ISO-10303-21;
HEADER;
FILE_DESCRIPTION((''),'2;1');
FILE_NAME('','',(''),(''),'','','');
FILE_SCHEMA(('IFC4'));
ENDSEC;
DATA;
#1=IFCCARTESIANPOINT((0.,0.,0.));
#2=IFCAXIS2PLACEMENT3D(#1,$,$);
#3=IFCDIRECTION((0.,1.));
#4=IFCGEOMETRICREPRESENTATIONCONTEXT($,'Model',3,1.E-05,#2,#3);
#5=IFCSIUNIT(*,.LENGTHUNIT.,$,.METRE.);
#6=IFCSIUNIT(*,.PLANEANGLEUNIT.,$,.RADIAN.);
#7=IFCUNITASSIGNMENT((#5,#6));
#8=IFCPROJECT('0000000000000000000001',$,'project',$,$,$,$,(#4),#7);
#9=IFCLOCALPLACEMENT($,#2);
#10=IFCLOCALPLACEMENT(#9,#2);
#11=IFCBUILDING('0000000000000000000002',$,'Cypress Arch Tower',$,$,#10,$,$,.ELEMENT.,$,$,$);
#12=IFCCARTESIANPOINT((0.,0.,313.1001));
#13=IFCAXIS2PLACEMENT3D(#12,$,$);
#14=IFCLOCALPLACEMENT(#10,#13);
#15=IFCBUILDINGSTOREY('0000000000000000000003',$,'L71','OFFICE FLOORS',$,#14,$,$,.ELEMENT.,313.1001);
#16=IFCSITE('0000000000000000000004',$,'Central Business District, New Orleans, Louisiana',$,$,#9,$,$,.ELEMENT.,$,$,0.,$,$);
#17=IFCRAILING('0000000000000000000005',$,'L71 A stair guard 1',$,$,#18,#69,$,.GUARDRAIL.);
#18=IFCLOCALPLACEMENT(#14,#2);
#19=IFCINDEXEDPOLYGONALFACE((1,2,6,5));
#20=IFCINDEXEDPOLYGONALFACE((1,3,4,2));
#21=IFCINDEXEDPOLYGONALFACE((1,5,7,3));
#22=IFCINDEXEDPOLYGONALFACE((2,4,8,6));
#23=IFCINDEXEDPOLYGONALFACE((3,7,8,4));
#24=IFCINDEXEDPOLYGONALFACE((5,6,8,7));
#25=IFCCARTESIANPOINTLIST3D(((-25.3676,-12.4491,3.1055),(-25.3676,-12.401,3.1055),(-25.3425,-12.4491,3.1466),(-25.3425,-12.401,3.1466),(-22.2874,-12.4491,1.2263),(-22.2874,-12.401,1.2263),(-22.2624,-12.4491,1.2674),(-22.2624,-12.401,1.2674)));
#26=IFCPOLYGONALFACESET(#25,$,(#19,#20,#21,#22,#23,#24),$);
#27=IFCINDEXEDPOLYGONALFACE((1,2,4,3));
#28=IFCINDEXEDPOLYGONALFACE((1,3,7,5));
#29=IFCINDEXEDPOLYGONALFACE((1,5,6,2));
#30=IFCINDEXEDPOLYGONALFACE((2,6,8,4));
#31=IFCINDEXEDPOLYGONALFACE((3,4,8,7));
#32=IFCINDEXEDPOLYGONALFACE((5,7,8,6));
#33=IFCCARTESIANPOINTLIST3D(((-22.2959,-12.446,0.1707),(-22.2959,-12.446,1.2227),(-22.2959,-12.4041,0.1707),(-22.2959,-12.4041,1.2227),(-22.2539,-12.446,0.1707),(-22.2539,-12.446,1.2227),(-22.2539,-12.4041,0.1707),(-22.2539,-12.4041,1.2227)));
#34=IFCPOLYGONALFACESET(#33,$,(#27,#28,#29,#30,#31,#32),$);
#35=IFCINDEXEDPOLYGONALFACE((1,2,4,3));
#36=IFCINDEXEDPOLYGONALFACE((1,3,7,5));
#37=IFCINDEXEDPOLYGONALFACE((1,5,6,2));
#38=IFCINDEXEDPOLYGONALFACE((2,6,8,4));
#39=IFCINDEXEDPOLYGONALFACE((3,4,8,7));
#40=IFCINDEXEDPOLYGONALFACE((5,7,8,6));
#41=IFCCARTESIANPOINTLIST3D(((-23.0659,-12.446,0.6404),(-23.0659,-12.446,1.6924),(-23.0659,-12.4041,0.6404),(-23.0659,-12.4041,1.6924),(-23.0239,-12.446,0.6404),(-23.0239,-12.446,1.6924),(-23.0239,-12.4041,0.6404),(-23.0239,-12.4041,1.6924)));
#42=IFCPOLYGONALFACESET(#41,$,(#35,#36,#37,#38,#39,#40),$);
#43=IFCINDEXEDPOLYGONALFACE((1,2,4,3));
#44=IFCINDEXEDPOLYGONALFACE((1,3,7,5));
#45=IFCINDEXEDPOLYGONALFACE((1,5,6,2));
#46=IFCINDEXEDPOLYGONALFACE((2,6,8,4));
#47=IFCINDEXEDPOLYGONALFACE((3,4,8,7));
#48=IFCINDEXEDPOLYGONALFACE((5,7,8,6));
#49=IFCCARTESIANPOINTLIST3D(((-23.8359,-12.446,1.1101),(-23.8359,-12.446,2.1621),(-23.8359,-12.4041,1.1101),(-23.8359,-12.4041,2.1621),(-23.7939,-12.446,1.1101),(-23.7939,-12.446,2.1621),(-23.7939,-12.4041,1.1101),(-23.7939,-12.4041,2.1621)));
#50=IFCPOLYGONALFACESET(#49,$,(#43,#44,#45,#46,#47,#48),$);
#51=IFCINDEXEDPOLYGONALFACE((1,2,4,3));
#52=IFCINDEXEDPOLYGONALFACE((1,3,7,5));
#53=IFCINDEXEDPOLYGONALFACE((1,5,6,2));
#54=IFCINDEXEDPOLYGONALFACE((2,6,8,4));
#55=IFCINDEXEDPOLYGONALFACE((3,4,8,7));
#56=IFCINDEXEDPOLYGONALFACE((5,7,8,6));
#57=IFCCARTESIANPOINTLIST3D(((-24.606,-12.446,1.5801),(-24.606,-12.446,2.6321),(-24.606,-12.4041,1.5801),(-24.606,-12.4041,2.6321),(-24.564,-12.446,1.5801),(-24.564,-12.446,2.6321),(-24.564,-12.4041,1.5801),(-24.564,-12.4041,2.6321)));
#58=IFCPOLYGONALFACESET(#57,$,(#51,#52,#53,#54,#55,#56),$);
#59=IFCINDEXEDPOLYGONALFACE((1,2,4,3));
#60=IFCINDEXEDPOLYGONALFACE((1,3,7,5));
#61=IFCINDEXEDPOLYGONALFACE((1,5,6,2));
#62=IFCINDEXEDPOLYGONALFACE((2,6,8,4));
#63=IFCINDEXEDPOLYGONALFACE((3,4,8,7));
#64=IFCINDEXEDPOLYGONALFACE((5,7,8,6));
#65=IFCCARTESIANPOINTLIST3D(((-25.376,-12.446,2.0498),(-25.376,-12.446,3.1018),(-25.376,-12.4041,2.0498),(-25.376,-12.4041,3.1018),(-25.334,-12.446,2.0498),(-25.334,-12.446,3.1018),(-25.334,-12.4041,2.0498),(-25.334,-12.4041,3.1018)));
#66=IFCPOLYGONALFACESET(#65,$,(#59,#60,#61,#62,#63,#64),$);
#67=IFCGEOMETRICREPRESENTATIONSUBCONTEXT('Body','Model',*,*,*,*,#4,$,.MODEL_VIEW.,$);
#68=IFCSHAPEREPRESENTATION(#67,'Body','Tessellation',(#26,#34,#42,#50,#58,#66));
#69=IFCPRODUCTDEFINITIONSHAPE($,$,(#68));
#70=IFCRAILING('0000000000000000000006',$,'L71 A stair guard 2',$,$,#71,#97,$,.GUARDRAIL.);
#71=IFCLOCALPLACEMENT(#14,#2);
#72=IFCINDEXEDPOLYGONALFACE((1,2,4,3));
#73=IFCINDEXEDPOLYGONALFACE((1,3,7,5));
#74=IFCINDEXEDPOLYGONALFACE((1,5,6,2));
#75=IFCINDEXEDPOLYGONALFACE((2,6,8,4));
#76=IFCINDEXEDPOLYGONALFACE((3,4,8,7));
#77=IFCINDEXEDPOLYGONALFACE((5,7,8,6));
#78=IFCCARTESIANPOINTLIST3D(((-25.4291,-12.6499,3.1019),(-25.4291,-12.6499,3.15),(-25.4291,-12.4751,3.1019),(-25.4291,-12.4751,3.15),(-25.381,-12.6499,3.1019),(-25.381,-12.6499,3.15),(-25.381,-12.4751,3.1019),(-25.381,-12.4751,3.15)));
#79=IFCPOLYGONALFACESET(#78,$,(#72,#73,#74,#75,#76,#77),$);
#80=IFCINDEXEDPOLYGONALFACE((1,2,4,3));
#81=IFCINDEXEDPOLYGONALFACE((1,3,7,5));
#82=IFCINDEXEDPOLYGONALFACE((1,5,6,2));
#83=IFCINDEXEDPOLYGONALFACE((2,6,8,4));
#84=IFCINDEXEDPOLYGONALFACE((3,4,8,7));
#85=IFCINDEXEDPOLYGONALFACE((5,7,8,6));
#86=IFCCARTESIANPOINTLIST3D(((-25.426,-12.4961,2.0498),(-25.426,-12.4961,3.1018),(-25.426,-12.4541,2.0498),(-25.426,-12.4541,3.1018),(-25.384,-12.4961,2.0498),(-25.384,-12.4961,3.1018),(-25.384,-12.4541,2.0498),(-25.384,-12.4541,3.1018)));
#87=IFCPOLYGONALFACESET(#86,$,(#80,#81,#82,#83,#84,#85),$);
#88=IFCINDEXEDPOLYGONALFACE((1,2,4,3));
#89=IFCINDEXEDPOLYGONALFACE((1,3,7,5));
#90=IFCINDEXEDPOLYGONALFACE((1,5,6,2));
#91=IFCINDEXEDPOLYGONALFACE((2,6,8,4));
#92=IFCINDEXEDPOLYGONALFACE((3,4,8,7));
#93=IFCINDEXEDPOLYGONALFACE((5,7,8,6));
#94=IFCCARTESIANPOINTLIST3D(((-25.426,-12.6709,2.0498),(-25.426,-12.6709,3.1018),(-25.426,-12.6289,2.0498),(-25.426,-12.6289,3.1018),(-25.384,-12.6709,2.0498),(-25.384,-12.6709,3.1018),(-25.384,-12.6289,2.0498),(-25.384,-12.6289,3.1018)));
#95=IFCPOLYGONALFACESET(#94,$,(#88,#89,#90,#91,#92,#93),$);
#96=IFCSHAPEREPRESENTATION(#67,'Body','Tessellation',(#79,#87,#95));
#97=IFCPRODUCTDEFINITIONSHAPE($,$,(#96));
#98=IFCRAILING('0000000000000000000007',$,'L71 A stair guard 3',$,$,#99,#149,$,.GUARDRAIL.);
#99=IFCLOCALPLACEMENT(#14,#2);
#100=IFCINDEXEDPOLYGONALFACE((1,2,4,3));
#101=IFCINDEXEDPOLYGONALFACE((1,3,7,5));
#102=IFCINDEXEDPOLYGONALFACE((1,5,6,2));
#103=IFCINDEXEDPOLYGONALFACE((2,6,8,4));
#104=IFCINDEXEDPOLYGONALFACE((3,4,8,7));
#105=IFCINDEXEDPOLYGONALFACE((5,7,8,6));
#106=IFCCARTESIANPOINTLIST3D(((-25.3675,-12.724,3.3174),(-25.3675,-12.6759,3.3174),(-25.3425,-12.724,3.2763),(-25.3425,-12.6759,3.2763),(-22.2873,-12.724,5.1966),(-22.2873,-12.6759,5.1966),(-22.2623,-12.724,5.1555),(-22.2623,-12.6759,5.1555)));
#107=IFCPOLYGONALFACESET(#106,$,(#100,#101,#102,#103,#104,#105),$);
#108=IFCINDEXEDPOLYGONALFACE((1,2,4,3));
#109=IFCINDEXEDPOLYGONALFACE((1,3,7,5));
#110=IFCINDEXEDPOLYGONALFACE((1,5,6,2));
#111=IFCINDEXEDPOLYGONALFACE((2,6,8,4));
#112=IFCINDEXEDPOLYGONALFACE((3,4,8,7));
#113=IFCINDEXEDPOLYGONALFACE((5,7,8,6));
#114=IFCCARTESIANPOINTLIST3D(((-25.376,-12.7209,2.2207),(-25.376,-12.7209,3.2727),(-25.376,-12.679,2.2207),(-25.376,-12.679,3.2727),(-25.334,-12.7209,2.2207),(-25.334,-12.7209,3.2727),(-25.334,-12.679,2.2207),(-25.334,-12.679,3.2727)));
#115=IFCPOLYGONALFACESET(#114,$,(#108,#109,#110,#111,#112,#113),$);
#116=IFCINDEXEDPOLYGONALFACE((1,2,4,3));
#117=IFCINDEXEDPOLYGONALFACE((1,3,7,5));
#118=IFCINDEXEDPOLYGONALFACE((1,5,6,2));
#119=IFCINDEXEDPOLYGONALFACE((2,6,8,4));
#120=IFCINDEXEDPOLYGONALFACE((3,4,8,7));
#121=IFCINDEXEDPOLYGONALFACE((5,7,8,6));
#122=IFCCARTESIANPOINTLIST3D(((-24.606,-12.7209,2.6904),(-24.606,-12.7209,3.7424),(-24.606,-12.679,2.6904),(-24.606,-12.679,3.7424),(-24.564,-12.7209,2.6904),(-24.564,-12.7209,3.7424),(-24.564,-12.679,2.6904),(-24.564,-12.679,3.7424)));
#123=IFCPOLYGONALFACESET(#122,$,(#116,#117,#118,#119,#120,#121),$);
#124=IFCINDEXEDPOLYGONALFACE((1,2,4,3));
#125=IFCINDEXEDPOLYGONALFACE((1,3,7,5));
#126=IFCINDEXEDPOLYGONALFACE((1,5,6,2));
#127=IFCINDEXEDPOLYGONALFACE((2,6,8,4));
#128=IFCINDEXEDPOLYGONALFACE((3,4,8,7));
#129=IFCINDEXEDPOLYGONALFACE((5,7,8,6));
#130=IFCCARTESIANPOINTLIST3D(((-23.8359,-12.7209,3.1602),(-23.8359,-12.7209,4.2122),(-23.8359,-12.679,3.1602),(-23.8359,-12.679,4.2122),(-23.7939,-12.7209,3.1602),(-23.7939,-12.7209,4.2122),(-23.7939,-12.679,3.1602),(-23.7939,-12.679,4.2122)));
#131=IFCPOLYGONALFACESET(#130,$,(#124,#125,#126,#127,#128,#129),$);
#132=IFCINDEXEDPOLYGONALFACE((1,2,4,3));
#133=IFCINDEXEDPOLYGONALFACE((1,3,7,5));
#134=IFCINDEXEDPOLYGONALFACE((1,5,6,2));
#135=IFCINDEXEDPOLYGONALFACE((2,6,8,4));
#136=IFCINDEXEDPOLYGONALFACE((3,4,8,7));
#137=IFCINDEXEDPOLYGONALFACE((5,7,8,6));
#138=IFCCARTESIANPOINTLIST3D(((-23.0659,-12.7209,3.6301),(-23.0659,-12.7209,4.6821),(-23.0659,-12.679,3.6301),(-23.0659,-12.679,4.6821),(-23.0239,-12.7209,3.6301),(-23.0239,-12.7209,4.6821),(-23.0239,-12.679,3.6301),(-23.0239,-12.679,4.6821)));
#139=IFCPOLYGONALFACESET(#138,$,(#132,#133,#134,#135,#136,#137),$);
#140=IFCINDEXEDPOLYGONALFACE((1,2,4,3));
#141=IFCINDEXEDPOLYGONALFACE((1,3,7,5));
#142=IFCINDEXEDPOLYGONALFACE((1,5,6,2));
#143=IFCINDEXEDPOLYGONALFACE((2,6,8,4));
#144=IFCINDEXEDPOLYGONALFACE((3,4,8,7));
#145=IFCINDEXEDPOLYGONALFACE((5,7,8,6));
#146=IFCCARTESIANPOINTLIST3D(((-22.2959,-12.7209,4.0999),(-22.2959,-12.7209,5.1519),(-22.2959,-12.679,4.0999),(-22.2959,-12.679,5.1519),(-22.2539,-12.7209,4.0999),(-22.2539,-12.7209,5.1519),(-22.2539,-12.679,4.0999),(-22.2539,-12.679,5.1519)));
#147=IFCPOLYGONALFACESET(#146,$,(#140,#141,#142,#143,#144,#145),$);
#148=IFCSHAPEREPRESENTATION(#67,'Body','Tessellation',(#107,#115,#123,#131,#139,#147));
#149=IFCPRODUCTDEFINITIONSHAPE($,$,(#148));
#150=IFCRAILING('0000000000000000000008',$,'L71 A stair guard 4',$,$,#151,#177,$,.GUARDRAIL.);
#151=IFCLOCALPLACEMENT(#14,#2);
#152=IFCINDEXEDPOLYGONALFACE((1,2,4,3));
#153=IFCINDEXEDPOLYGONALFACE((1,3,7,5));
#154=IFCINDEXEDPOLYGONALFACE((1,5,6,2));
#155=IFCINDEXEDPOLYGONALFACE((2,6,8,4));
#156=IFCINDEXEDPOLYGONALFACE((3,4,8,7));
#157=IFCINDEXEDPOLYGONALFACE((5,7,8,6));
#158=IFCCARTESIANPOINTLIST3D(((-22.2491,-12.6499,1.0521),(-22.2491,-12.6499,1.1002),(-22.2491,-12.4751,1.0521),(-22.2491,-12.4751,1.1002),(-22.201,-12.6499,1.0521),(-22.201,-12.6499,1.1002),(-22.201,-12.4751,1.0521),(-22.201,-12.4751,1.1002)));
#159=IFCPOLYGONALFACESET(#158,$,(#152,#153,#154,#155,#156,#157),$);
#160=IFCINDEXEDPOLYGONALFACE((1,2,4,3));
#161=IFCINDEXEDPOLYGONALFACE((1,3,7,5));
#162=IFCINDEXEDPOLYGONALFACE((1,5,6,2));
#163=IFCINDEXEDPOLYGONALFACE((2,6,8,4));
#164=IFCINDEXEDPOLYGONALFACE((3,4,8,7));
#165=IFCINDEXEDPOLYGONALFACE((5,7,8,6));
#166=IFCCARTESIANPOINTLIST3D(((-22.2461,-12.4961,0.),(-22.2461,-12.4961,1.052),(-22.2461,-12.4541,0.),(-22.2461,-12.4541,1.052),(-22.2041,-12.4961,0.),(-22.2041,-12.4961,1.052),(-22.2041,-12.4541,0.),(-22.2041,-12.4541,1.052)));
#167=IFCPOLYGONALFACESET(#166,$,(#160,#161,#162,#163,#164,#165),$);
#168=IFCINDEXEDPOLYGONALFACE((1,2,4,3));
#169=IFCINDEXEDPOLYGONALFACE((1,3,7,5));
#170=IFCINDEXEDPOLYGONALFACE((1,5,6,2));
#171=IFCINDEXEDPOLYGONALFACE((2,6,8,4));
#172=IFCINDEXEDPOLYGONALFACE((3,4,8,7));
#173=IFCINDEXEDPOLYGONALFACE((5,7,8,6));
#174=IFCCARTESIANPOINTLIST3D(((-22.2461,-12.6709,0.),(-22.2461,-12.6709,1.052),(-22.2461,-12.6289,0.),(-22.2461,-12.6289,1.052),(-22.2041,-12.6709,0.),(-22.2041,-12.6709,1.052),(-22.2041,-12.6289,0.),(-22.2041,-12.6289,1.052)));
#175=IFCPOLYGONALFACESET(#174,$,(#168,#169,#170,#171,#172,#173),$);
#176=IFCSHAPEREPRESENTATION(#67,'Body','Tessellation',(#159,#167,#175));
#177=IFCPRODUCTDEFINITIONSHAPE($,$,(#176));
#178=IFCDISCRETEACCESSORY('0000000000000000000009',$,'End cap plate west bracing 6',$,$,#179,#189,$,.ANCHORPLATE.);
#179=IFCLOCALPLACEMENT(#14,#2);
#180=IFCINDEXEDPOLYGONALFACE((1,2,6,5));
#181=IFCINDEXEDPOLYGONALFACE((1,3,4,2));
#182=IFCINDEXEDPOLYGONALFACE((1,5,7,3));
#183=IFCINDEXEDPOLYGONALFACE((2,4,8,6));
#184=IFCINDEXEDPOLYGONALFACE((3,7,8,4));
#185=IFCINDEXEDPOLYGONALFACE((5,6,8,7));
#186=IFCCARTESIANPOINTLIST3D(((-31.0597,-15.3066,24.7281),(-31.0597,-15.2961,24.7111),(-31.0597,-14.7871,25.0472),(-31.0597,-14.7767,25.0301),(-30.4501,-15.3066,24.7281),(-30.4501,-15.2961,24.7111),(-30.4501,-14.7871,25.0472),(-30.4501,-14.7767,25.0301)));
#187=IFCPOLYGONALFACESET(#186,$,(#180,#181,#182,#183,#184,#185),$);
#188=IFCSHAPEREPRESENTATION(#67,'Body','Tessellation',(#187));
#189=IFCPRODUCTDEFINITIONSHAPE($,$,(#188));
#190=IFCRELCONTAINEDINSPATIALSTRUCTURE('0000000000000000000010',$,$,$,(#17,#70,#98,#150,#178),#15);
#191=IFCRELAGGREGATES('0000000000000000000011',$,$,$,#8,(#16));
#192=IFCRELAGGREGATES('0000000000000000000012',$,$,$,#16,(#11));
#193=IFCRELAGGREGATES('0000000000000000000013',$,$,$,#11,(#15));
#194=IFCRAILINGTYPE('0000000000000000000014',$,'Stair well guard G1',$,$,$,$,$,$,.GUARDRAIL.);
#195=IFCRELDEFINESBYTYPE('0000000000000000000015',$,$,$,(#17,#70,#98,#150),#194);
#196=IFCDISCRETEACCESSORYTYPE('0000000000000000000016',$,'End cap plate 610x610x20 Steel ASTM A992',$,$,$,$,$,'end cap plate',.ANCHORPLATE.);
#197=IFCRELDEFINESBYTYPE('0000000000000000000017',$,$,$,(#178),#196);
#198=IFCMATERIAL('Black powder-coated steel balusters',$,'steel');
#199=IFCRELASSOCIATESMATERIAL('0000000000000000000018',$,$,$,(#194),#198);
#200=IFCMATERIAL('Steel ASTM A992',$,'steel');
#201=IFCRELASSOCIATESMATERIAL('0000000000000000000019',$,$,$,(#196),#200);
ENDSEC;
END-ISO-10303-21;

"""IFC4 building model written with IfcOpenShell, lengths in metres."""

from ifc_helpers import new_model, si_unit, direction, frame, origin, origin_2d, place, context, subcontext, project, spatial, rectangle, extrude, material, material_profile, profile_set, type_object, element, save


model = new_model("IFC4")

# Units and contexts
model_context = context("Model", 3, precision=1e-05, world=origin(), true_north=direction((0.0, 1.0)))
body_context = subcontext(model_context, "Body", "Model", "MODEL_VIEW")
ifc_project = project(units=[si_unit("LENGTHUNIT", "METRE"), si_unit("PLANEANGLEUNIT", "RADIAN")], contexts=[model_context])

# Site, building, storey
site_placement = place(None, origin())
site = spatial("IfcSite", under=ifc_project, at=site_placement, Name="Central Business District, New Orleans, Louisiana", CompositionType="ELEMENT", RefElevation=0.0)
building_placement = place(site_placement, origin())
building = spatial("IfcBuilding", under=site, at=building_placement, Name="Cypress Arch Tower", CompositionType="ELEMENT")
storey_placement = place(building_placement, frame((0.0, 0.0, 313.1001)))
storey = spatial("IfcBuildingStorey", under=building, at=storey_placement, Name="L71", Description="OFFICE FLOORS", CompositionType="ELEMENT", Elevation=313.1001)

# Railings
ifc_material_1 = material(Name="Black powder-coated steel balusters", Category="steel")
railing_type_1 = type_object("IfcRailingType", Name="Stair well guard G1", PredefinedType="GUARDRAIL", material=ifc_material_1)
railing_1_placement = place(storey_placement, frame((-22.2749, -12.425, 0.1707)))
element("IfcRailing", 1, at=railing_1_placement, inside=storey, type_object=railing_type_1, Name="L71 A stair guard 1", PredefinedType="GUARDRAIL", context=body_context, shape_type="SweptSolid", body=[
    extrude(rectangle(XDim=0.0481, YDim=0.0481, at=origin_2d()), frame((0.0, 0.0, 1.0762), z_axis=(-0.853666, 0.0, 0.52082), x_axis=(0.0, -1.0, 0.0)), (0.0, 0.0, 1.0), 3.6082),
    extrude(rectangle(XDim=0.042, YDim=0.042, at=origin_2d()), origin(), (0.0, 0.0, 1.0), 1.052),
    extrude(rectangle(XDim=0.042, YDim=0.042, at=origin_2d()), frame((-0.77, 0.0, 0.4697)), (0.0, 0.0, 1.0), 1.052),
    extrude(rectangle(XDim=0.042, YDim=0.042, at=origin_2d()), frame((-1.54, 0.0, 0.9395)), (0.0, 0.0, 1.0), 1.052),
    extrude(rectangle(XDim=0.042, YDim=0.042, at=origin_2d()), frame((-2.3101, 0.0, 1.4094)), (0.0, 0.0, 1.0), 1.052),
    extrude(rectangle(XDim=0.042, YDim=0.042, at=origin_2d()), frame((-3.0801, 0.0, 1.8792)), (0.0, 0.0, 1.0), 1.052),
])
railing_2_placement = place(storey_placement, frame((-25.405, -12.4751, 2.0498)))
element("IfcRailing", 2, at=railing_2_placement, inside=storey, type_object=railing_type_1, Name="L71 A stair guard 2", PredefinedType="GUARDRAIL", context=body_context, shape_type="SweptSolid", body=[
    extrude(rectangle(XDim=0.0481, YDim=0.0481, at=origin_2d()), frame((0.0, 0.0, 1.0762), z_axis=(0.0, -1.0, 0.0), x_axis=(1.0, 0.0, 0.0)), (0.0, 0.0, 1.0), 0.1748),
    extrude(rectangle(XDim=0.042, YDim=0.042, at=origin_2d()), origin(), (0.0, 0.0, 1.0), 1.052),
    extrude(rectangle(XDim=0.042, YDim=0.042, at=origin_2d()), frame((0.0, -0.1748, 0.0)), (0.0, 0.0, 1.0), 1.052),
])
railing_3_placement = place(storey_placement, frame((-25.355, -12.7, 2.2207)))
element("IfcRailing", 3, at=railing_3_placement, inside=storey, type_object=railing_type_1, Name="L71 A stair guard 3", PredefinedType="GUARDRAIL", context=body_context, shape_type="SweptSolid", body=[
    extrude(rectangle(XDim=0.0481, YDim=0.0481, at=origin_2d()), frame((0.0, 0.0, 1.0762), z_axis=(0.853666, 0.0, 0.52082), x_axis=(0.0, 1.0, 0.0)), (0.0, 0.0, 1.0), 3.6082),
    extrude(rectangle(XDim=0.042, YDim=0.042, at=origin_2d()), origin(), (0.0, 0.0, 1.0), 1.052),
    extrude(rectangle(XDim=0.042, YDim=0.042, at=origin_2d()), frame((0.77, 0.0, 0.4697)), (0.0, 0.0, 1.0), 1.052),
    extrude(rectangle(XDim=0.042, YDim=0.042, at=origin_2d()), frame((1.54, 0.0, 0.9395)), (0.0, 0.0, 1.0), 1.052),
    extrude(rectangle(XDim=0.042, YDim=0.042, at=origin_2d()), frame((2.3101, 0.0, 1.4094)), (0.0, 0.0, 1.0), 1.052),
    extrude(rectangle(XDim=0.042, YDim=0.042, at=origin_2d()), frame((3.0801, 0.0, 1.8792)), (0.0, 0.0, 1.0), 1.052),
])
railing_4_placement = place(storey_placement, frame((-22.2251, -12.4751, 0.0)))
element("IfcRailing", 4, at=railing_4_placement, inside=storey, type_object=railing_type_1, Name="L71 A stair guard 4", PredefinedType="GUARDRAIL", context=body_context, shape_type="SweptSolid", body=[
    extrude(rectangle(XDim=0.0481, YDim=0.0481, at=origin_2d()), frame((0.0, 0.0, 1.0762), z_axis=(0.0, -1.0, 0.0), x_axis=(1.0, 0.0, 0.0)), (0.0, 0.0, 1.0), 0.1748),
    extrude(rectangle(XDim=0.042, YDim=0.042, at=origin_2d()), origin(), (0.0, 0.0, 1.0), 1.052),
    extrude(rectangle(XDim=0.042, YDim=0.042, at=origin_2d()), frame((0.0, -0.1748, 0.0)), (0.0, 0.0, 1.0), 1.052),
])

# Discrete accessory
ifc_material_2 = material(Name="Steel ASTM A992", Category="steel")
ifc_material_profile_1 = material_profile(ifc_material_2, rectangle(XDim=0.6096, YDim=0.6096, at=origin_2d()), Name="PL 20 610x610")
ifc_profile_set_1 = profile_set([ifc_material_profile_1], Name="Steel ASTM A992")
discrete_accessory_type = type_object("IfcDiscreteAccessoryType", Name="End cap plate 610x610x20 Steel ASTM A992", ElementType="end cap plate", PredefinedType="ANCHORPLATE", material=ifc_profile_set_1)
discrete_accessory_placement = place(storey_placement, frame((-30.7549, -15.0364, 24.8706), z_axis=(0.0, -0.523418, 0.852076), x_axis=(1.0, 0.0, 0.0)))
element("IfcDiscreteAccessory", 5, at=discrete_accessory_placement, inside=storey, type_object=discrete_accessory_type, Name="End cap plate west bracing 6", PredefinedType="ANCHORPLATE", context=body_context, shape_type="SweptSolid", body=[
    extrude(rectangle(XDim=0.6096, YDim=0.6096, at=origin_2d()), origin(), (0.0, 0.0, 1.0), 0.02),
])

save(model, "model.ifc")
